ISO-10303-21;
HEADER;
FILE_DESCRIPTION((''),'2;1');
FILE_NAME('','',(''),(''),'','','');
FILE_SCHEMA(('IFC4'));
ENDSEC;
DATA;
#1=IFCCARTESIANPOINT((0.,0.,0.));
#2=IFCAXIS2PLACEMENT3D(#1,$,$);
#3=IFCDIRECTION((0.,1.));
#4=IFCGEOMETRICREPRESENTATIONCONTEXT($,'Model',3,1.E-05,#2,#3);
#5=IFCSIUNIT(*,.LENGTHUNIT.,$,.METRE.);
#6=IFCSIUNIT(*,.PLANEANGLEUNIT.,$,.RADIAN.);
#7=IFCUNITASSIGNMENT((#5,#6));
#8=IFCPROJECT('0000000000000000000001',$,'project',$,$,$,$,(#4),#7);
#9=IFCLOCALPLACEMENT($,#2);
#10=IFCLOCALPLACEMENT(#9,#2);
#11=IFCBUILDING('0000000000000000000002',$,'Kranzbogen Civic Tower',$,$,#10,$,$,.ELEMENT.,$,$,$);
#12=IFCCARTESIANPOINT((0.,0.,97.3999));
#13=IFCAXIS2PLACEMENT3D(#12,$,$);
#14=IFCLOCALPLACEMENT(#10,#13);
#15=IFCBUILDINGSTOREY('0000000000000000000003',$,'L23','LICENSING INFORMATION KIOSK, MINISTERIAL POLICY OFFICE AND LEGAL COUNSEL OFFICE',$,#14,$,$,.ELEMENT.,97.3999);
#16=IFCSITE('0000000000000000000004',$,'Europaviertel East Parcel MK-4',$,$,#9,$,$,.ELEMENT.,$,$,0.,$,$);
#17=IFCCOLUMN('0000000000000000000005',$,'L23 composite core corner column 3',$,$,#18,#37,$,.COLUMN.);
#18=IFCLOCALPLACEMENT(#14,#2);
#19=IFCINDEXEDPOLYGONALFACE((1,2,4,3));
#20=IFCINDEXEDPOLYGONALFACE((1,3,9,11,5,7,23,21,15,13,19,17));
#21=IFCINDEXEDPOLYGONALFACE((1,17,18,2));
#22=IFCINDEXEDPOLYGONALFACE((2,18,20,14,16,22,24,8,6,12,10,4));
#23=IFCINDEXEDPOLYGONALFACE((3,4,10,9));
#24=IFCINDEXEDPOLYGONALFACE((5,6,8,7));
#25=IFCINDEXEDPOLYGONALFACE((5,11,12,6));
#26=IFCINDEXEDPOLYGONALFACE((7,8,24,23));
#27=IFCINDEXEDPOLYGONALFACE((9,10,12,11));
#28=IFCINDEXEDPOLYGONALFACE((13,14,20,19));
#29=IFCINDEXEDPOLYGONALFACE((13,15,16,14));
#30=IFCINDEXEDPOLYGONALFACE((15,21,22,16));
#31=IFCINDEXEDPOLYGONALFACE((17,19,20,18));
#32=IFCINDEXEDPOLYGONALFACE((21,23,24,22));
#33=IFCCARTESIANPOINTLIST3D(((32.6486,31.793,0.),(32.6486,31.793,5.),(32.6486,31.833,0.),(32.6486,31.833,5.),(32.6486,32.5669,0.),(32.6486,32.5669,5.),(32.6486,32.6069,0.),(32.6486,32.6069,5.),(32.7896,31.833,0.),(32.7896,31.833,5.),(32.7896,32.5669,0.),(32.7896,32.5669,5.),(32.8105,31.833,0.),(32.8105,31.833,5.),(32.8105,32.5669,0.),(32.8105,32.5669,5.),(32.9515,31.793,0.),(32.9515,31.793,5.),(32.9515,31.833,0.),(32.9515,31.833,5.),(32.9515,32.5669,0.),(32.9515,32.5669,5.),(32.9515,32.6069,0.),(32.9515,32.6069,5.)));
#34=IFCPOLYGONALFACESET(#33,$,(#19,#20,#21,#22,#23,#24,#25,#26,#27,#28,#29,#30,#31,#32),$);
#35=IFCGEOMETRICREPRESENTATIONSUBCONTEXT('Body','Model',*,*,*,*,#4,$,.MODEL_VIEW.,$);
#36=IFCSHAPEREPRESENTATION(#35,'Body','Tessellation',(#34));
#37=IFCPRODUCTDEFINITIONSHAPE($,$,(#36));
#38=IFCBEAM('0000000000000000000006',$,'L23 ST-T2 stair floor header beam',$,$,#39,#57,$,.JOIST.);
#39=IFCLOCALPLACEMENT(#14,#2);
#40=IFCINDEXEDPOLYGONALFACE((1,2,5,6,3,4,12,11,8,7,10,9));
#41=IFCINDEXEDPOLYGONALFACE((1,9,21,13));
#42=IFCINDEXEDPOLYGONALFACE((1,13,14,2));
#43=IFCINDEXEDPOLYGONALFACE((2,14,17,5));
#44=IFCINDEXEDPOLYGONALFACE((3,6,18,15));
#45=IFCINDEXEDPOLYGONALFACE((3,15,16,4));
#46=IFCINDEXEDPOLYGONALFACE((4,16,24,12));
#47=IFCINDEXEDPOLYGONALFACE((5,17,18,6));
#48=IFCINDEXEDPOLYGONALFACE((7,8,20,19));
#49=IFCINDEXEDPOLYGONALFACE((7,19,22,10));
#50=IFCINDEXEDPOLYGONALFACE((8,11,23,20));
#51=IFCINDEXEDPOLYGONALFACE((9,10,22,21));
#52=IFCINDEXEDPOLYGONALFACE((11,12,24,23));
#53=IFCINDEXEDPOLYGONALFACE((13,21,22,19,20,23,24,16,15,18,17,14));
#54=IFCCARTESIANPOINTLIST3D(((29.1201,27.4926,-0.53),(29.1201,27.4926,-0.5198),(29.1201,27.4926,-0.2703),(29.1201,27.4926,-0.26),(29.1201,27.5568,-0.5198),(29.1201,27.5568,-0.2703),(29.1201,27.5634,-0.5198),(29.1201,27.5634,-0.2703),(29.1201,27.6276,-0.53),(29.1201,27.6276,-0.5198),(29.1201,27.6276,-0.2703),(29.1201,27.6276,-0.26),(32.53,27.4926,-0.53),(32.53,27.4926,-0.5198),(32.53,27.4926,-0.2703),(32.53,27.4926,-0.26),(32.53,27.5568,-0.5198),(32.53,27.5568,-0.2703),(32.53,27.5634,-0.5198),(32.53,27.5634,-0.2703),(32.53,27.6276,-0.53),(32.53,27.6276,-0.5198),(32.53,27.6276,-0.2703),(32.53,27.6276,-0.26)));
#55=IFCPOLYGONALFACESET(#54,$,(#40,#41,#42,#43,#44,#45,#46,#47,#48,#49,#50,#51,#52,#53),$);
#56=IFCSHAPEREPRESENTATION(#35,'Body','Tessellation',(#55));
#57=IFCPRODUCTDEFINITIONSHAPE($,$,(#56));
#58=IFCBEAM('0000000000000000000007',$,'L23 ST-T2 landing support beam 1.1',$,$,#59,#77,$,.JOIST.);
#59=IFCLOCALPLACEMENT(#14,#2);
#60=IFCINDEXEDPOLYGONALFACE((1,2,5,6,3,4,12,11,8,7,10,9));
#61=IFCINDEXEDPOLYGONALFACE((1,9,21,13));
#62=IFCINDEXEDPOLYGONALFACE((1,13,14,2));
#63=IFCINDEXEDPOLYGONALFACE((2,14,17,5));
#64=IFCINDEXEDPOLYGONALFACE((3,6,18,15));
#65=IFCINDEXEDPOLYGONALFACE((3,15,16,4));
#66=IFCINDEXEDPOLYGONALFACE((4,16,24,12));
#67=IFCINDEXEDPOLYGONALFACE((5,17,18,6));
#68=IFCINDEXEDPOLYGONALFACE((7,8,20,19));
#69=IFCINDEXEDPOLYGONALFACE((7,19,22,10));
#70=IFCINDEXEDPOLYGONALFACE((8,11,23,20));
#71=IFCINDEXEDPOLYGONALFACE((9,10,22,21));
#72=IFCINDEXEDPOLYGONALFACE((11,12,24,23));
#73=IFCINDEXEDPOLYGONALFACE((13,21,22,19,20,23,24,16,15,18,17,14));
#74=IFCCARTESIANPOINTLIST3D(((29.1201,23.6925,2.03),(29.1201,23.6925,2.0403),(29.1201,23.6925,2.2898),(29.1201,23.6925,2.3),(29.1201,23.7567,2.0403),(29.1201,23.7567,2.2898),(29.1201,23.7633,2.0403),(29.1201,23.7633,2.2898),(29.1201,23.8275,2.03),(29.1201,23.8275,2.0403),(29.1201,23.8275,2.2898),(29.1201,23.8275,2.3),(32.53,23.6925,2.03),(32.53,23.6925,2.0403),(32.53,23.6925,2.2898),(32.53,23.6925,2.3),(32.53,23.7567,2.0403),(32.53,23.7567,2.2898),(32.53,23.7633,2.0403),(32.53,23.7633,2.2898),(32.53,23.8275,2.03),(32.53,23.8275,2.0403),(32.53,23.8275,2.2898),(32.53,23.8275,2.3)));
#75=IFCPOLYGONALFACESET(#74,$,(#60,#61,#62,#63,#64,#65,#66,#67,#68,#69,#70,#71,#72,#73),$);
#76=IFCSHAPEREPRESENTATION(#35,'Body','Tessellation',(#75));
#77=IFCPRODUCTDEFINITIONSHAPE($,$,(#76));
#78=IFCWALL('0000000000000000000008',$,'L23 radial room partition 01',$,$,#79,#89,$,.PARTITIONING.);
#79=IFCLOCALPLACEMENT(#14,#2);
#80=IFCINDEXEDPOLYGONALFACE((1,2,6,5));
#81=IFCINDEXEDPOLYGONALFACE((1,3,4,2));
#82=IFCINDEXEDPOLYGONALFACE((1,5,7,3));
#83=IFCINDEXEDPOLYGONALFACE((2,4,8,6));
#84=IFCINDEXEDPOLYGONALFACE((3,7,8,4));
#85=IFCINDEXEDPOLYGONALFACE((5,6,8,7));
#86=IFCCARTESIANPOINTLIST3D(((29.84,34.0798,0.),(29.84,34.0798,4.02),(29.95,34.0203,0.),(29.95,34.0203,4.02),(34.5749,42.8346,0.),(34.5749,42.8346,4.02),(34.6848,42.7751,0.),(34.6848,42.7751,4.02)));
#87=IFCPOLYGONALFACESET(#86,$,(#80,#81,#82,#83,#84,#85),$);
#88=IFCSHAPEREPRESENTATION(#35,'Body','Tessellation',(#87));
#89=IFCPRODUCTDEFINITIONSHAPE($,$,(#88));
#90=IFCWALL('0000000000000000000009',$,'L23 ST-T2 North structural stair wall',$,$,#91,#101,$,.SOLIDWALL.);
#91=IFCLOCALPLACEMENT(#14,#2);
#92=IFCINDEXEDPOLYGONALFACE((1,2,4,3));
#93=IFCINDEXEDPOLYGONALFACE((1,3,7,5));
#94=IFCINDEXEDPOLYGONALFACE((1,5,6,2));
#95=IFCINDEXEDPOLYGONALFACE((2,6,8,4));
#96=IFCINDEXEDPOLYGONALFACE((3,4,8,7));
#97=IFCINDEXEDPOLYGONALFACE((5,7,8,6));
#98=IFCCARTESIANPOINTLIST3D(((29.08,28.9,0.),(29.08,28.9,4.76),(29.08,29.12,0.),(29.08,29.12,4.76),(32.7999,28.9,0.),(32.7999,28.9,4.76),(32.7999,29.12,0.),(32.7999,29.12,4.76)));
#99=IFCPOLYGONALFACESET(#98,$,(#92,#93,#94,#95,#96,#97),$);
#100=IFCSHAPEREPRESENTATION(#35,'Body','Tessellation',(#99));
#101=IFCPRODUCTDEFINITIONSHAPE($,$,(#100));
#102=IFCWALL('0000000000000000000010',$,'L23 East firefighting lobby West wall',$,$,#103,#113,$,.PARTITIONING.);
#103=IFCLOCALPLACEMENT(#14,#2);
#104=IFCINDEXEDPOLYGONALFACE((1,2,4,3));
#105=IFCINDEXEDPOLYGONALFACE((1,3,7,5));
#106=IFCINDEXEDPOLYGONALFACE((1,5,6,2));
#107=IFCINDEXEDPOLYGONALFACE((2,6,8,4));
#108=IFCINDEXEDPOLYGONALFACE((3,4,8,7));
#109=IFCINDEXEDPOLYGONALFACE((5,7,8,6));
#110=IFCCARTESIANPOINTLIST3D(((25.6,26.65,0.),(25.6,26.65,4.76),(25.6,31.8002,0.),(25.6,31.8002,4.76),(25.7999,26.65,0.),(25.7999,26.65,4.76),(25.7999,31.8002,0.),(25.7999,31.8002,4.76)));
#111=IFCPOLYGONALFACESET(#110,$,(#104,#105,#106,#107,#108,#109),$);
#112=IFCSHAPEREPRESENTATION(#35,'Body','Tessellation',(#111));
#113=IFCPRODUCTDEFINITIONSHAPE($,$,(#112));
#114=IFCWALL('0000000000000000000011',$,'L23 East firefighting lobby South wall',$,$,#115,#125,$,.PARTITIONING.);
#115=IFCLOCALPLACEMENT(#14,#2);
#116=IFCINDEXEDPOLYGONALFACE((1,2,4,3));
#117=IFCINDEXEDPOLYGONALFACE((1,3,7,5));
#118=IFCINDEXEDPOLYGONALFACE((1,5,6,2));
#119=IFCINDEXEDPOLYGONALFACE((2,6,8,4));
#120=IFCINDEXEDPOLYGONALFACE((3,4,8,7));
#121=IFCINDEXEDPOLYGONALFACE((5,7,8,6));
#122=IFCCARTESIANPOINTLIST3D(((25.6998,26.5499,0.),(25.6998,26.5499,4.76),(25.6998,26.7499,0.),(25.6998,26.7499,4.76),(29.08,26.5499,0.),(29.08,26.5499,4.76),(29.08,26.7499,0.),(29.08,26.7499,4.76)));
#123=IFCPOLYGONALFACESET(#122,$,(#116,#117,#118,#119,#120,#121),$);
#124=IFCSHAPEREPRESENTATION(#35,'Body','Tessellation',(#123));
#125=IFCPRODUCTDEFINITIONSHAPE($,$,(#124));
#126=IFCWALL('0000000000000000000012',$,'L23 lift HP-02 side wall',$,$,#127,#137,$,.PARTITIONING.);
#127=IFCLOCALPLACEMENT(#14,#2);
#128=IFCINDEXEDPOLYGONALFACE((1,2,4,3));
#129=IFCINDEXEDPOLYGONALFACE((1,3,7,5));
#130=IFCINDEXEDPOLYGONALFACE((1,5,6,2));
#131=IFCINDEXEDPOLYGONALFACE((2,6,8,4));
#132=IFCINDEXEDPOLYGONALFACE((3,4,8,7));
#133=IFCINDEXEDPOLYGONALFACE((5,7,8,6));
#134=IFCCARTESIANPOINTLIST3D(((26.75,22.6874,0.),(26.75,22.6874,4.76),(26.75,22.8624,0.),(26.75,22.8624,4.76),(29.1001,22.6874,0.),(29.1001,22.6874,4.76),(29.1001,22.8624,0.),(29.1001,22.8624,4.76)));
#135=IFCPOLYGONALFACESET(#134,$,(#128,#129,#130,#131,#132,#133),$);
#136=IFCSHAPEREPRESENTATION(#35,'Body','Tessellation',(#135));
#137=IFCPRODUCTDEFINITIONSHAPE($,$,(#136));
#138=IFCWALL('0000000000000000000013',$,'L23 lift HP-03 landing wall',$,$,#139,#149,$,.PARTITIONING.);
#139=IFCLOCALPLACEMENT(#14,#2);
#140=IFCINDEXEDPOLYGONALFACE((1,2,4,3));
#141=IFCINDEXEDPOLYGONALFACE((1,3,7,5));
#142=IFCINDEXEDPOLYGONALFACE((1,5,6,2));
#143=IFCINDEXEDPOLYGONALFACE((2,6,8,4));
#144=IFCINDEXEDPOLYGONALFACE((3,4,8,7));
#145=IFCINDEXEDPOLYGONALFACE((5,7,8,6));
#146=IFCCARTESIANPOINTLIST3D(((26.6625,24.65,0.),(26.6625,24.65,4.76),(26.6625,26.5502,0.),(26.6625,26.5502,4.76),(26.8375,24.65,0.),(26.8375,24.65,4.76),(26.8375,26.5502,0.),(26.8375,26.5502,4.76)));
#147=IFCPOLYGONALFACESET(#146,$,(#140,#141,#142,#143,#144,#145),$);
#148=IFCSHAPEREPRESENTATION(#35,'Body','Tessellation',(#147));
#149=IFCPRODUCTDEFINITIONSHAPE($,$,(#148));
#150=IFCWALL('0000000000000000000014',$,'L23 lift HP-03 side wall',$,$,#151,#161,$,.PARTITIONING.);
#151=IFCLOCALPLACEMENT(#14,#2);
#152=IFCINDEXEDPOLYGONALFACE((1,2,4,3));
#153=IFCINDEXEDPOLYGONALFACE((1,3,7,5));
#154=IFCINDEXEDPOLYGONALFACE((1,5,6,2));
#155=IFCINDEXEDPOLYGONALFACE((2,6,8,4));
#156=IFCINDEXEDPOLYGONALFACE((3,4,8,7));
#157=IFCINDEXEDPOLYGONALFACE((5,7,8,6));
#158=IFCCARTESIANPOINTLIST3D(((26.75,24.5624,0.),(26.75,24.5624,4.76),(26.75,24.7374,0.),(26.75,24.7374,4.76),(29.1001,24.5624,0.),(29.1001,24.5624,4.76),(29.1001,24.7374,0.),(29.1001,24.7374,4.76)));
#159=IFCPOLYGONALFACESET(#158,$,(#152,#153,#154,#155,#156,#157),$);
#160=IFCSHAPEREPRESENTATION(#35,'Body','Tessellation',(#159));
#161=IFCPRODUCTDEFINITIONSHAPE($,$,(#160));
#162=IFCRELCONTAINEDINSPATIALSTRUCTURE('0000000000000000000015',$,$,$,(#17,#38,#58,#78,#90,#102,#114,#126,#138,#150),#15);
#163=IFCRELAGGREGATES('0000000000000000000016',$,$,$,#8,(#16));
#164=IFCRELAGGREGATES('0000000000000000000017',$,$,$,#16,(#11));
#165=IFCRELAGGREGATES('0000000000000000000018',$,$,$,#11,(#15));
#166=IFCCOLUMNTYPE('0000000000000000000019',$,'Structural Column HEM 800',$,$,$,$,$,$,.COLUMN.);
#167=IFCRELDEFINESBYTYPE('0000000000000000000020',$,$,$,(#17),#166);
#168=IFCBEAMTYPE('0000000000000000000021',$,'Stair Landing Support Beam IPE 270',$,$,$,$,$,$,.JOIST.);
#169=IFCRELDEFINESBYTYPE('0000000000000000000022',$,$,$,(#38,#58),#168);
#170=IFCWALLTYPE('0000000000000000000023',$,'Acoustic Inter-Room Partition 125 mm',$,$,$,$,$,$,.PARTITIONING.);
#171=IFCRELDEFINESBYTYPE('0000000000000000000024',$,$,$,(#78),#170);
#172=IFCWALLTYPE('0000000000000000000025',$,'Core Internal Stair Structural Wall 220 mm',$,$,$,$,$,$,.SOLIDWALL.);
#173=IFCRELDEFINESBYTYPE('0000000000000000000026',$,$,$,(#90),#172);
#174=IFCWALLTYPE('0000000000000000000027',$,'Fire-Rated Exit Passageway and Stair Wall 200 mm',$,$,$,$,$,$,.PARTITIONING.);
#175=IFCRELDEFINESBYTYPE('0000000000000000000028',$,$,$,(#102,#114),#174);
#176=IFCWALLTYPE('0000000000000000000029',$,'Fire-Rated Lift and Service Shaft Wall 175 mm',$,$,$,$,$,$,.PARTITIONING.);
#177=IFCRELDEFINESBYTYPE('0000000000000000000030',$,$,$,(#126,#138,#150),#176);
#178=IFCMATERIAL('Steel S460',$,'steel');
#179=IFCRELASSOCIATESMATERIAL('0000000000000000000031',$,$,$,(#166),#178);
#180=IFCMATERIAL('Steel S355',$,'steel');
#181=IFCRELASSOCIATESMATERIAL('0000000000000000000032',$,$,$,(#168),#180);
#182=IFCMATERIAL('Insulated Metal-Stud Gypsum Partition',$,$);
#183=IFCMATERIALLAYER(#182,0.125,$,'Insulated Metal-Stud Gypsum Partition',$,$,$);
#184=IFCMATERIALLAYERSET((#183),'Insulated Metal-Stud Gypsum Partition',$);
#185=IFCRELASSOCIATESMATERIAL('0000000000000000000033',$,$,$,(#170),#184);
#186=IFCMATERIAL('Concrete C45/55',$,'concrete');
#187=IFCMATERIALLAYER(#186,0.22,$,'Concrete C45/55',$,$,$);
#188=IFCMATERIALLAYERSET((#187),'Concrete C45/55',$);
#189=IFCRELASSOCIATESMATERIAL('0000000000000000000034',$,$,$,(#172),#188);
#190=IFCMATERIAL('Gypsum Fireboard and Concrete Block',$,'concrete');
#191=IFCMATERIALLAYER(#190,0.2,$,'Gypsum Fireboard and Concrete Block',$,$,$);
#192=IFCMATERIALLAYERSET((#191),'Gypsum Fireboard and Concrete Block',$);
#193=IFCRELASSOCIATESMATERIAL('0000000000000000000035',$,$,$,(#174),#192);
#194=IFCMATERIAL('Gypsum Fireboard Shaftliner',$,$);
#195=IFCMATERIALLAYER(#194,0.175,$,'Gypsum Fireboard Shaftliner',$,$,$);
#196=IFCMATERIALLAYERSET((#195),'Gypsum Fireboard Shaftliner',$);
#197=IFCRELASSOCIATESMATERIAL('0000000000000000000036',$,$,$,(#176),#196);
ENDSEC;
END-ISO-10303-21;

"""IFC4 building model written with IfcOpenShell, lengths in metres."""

from ifc_helpers import new_model, si_unit, direction, frame, frame_2d, origin, origin_2d, place, context, subcontext, project, spatial, rectangle, i_section, extrude, material, layer, layer_set, material_profile, profile_set, type_object, element, save


model = new_model("IFC4")

# Units and contexts
model_context = context("Model", 3, precision=1e-05, world=origin(), true_north=direction((0.0, 1.0)))
body_context = subcontext(model_context, "Body", "Model", "MODEL_VIEW")
ifc_project = project(units=[si_unit("LENGTHUNIT", "METRE"), si_unit("PLANEANGLEUNIT", "RADIAN")], contexts=[model_context])

# Site, building, storey
site_placement = place(None, origin())
site = spatial("IfcSite", under=ifc_project, at=site_placement, Name="Europaviertel East Parcel MK-4", CompositionType="ELEMENT", RefElevation=0.0)
building_placement = place(site_placement, origin())
building = spatial("IfcBuilding", under=site, at=building_placement, Name="Kranzbogen Civic Tower", CompositionType="ELEMENT")
storey_placement = place(building_placement, frame((0.0, 0.0, 97.3999)))
storey = spatial("IfcBuildingStorey", under=building, at=storey_placement, Name="L23", Description="LICENSING INFORMATION KIOSK, MINISTERIAL POLICY OFFICE AND LEGAL COUNSEL OFFICE", CompositionType="ELEMENT", Elevation=97.3999)

# Column
ifc_material_1 = material(Name="Steel S460", Category="steel")
ifc_material_profile_1 = material_profile(ifc_material_1, i_section(OverallWidth=0.303, OverallDepth=0.814, WebThickness=0.021, FlangeThickness=0.04, at=origin_2d()), Name="HEM 800")
ifc_profile_set_1 = profile_set([ifc_material_profile_1], Name="Steel S460")
column_type = type_object("IfcColumnType", Name="Structural Column HEM 800", PredefinedType="COLUMN", material=ifc_profile_set_1)
column_placement = place(storey_placement, frame((32.8, 32.2, 0.0), z_axis=(0.0, 0.0, 1.0), x_axis=(1.0, 0.0, 0.0)))
element("IfcColumn", 1, at=column_placement, inside=storey, type_object=column_type, Name="L23 composite core corner column 3", PredefinedType="COLUMN", context=body_context, shape_type="SweptSolid", body=[
    extrude(i_section(OverallWidth=0.303, OverallDepth=0.814, WebThickness=0.021, FlangeThickness=0.04, at=origin_2d()), origin(), (0.0, 0.0, 1.0), 5.0),
])

# Beams
ifc_material_2 = material(Name="Steel S355", Category="steel")
ifc_material_profile_2 = material_profile(ifc_material_2, i_section(OverallWidth=0.135, OverallDepth=0.27, WebThickness=0.0066, FlangeThickness=0.0103, at=origin_2d()), Name="IPE 270")
ifc_profile_set_2 = profile_set([ifc_material_profile_2], Name="Steel S355")
beam_type = type_object("IfcBeamType", Name="Stair Landing Support Beam IPE 270", PredefinedType="JOIST", material=ifc_profile_set_2)
for number, where, z_axis, x_axis, name in (
    (2, (29.1201, 27.5601, -0.395), (1.0, 0.0, 0.0), (0.0, 1.0, 0.0), "L23 ST-T2 stair floor header beam"),
    (3, (29.1201, 23.76, 2.165), (1.0, 0.0, 0.0), (0.0, 1.0, 0.0), "L23 ST-T2 landing support beam 1.1"),
):
    element("IfcBeam", number, at=place(storey_placement, frame(where, z_axis=z_axis, x_axis=x_axis)), inside=storey, type_object=beam_type, Name=name, PredefinedType="JOIST", context=body_context, shape_type="SweptSolid", body=[
        extrude(i_section(OverallWidth=0.135, OverallDepth=0.27, WebThickness=0.0066, FlangeThickness=0.0103, at=origin_2d()), origin(), (0.0, 0.0, 1.0), 3.4099),
    ])

# Walls
ifc_material_3 = material(Name="Insulated Metal-Stud Gypsum Partition")
ifc_layer_1 = layer(ifc_material_3, 0.125, Name="Insulated Metal-Stud Gypsum Partition")
ifc_layer_set_1 = layer_set([ifc_layer_1], Name="Insulated Metal-Stud Gypsum Partition")
wall_type_1 = type_object("IfcWallType", Name="Acoustic Inter-Room Partition 125 mm", PredefinedType="PARTITIONING", material=ifc_layer_set_1)
wall_1_placement = place(storey_placement, frame((29.895, 34.05, 0.0), z_axis=(0.0, 0.0, 1.0), x_axis=(0.475711, 0.879602, 0.0)))
element("IfcWall", 4, at=wall_1_placement, inside=storey, type_object=wall_type_1, Name="L23 radial room partition 01", PredefinedType="PARTITIONING", context=body_context, shape_type="SweptSolid", body=[
    extrude(rectangle(XDim=9.9531, YDim=0.125, at=frame_2d((4.9766, 0.0))), origin(), (0.0, 0.0, 1.0), 4.02),
])
ifc_material_4 = material(Name="Concrete C45/55", Category="concrete")
ifc_layer_2 = layer(ifc_material_4, 0.22, Name="Concrete C45/55")
ifc_layer_set_2 = layer_set([ifc_layer_2], Name="Concrete C45/55")
wall_type_2 = type_object("IfcWallType", Name="Core Internal Stair Structural Wall 220 mm", PredefinedType="SOLIDWALL", material=ifc_layer_set_2)
wall_2_placement = place(storey_placement, frame((29.0801, 29.01, 0.0), z_axis=(0.0, 0.0, 1.0), x_axis=(1.0, 0.0, 0.0)))
element("IfcWall", 5, at=wall_2_placement, inside=storey, type_object=wall_type_2, Name="L23 ST-T2 North structural stair wall", PredefinedType="SOLIDWALL", context=body_context, shape_type="SweptSolid", body=[
    extrude(rectangle(XDim=3.72, YDim=0.22, at=frame_2d((1.8599, 0.0))), origin(), (0.0, 0.0, 1.0), 4.76),
])
ifc_material_5 = material(Name="Gypsum Fireboard and Concrete Block", Category="concrete")
ifc_layer_3 = layer(ifc_material_5, 0.2, Name="Gypsum Fireboard and Concrete Block")
ifc_layer_set_3 = layer_set([ifc_layer_3], Name="Gypsum Fireboard and Concrete Block")
wall_type_3 = type_object("IfcWallType", Name="Fire-Rated Exit Passageway and Stair Wall 200 mm", PredefinedType="PARTITIONING", material=ifc_layer_set_3)
wall_3_placement = place(storey_placement, frame((25.7, 26.6499, 0.0), z_axis=(0.0, 0.0, 1.0), x_axis=(0.0, 1.0, 0.0)))
element("IfcWall", 6, at=wall_3_placement, inside=storey, type_object=wall_type_3, Name="L23 East firefighting lobby West wall", PredefinedType="PARTITIONING", context=body_context, shape_type="SweptSolid", body=[
    extrude(rectangle(XDim=5.1501, YDim=0.2, at=frame_2d((2.5752, 0.0))), origin(), (0.0, 0.0, 1.0), 4.76),
])
wall_4_placement = place(storey_placement, frame((25.7, 26.6499, 0.0), z_axis=(0.0, 0.0, 1.0), x_axis=(1.0, 0.0, 0.0)))
element("IfcWall", 7, at=wall_4_placement, inside=storey, type_object=wall_type_3, Name="L23 East firefighting lobby South wall", PredefinedType="PARTITIONING", context=body_context, shape_type="SweptSolid", body=[
    extrude(rectangle(XDim=3.3801, YDim=0.2, at=frame_2d((1.6899, 0.0))), origin(), (0.0, 0.0, 1.0), 4.76),
])
ifc_material_6 = material(Name="Gypsum Fireboard Shaftliner")
ifc_layer_4 = layer(ifc_material_6, 0.175, Name="Gypsum Fireboard Shaftliner")
ifc_layer_set_4 = layer_set([ifc_layer_4], Name="Gypsum Fireboard Shaftliner")
wall_type_4 = type_object("IfcWallType", Name="Fire-Rated Lift and Service Shaft Wall 175 mm", PredefinedType="PARTITIONING", material=ifc_layer_set_4)
wall_5_placement = place(storey_placement, frame((26.75, 22.7749, 0.0), z_axis=(0.0, 0.0, 1.0), x_axis=(1.0, 0.0, 0.0)))
element("IfcWall", 8, at=wall_5_placement, inside=storey, type_object=wall_type_4, Name="L23 lift HP-02 side wall", PredefinedType="PARTITIONING", context=body_context, shape_type="SweptSolid", body=[
    extrude(rectangle(XDim=2.3501, YDim=0.175, at=frame_2d((1.175, 0.0))), origin(), (0.0, 0.0, 1.0), 4.76),
])
wall_6_placement = place(storey_placement, frame((26.75, 24.6499, 0.0), z_axis=(0.0, 0.0, 1.0), x_axis=(0.0, 1.0, 0.0)))
element("IfcWall", 9, at=wall_6_placement, inside=storey, type_object=wall_type_4, Name="L23 lift HP-03 landing wall", PredefinedType="PARTITIONING", context=body_context, shape_type="SweptSolid", body=[
    extrude(rectangle(XDim=1.9001, YDim=0.175, at=frame_2d((0.9502, 0.0))), origin(), (0.0, 0.0, 1.0), 4.76),
])
wall_7_placement = place(storey_placement, frame((26.75, 24.6499, 0.0), z_axis=(0.0, 0.0, 1.0), x_axis=(1.0, 0.0, 0.0)))
element("IfcWall", 10, at=wall_7_placement, inside=storey, type_object=wall_type_4, Name="L23 lift HP-03 side wall", PredefinedType="PARTITIONING", context=body_context, shape_type="SweptSolid", body=[
    extrude(rectangle(XDim=2.3501, YDim=0.175, at=frame_2d((1.175, 0.0))), origin(), (0.0, 0.0, 1.0), 4.76),
])

save(model, "model.ifc")
